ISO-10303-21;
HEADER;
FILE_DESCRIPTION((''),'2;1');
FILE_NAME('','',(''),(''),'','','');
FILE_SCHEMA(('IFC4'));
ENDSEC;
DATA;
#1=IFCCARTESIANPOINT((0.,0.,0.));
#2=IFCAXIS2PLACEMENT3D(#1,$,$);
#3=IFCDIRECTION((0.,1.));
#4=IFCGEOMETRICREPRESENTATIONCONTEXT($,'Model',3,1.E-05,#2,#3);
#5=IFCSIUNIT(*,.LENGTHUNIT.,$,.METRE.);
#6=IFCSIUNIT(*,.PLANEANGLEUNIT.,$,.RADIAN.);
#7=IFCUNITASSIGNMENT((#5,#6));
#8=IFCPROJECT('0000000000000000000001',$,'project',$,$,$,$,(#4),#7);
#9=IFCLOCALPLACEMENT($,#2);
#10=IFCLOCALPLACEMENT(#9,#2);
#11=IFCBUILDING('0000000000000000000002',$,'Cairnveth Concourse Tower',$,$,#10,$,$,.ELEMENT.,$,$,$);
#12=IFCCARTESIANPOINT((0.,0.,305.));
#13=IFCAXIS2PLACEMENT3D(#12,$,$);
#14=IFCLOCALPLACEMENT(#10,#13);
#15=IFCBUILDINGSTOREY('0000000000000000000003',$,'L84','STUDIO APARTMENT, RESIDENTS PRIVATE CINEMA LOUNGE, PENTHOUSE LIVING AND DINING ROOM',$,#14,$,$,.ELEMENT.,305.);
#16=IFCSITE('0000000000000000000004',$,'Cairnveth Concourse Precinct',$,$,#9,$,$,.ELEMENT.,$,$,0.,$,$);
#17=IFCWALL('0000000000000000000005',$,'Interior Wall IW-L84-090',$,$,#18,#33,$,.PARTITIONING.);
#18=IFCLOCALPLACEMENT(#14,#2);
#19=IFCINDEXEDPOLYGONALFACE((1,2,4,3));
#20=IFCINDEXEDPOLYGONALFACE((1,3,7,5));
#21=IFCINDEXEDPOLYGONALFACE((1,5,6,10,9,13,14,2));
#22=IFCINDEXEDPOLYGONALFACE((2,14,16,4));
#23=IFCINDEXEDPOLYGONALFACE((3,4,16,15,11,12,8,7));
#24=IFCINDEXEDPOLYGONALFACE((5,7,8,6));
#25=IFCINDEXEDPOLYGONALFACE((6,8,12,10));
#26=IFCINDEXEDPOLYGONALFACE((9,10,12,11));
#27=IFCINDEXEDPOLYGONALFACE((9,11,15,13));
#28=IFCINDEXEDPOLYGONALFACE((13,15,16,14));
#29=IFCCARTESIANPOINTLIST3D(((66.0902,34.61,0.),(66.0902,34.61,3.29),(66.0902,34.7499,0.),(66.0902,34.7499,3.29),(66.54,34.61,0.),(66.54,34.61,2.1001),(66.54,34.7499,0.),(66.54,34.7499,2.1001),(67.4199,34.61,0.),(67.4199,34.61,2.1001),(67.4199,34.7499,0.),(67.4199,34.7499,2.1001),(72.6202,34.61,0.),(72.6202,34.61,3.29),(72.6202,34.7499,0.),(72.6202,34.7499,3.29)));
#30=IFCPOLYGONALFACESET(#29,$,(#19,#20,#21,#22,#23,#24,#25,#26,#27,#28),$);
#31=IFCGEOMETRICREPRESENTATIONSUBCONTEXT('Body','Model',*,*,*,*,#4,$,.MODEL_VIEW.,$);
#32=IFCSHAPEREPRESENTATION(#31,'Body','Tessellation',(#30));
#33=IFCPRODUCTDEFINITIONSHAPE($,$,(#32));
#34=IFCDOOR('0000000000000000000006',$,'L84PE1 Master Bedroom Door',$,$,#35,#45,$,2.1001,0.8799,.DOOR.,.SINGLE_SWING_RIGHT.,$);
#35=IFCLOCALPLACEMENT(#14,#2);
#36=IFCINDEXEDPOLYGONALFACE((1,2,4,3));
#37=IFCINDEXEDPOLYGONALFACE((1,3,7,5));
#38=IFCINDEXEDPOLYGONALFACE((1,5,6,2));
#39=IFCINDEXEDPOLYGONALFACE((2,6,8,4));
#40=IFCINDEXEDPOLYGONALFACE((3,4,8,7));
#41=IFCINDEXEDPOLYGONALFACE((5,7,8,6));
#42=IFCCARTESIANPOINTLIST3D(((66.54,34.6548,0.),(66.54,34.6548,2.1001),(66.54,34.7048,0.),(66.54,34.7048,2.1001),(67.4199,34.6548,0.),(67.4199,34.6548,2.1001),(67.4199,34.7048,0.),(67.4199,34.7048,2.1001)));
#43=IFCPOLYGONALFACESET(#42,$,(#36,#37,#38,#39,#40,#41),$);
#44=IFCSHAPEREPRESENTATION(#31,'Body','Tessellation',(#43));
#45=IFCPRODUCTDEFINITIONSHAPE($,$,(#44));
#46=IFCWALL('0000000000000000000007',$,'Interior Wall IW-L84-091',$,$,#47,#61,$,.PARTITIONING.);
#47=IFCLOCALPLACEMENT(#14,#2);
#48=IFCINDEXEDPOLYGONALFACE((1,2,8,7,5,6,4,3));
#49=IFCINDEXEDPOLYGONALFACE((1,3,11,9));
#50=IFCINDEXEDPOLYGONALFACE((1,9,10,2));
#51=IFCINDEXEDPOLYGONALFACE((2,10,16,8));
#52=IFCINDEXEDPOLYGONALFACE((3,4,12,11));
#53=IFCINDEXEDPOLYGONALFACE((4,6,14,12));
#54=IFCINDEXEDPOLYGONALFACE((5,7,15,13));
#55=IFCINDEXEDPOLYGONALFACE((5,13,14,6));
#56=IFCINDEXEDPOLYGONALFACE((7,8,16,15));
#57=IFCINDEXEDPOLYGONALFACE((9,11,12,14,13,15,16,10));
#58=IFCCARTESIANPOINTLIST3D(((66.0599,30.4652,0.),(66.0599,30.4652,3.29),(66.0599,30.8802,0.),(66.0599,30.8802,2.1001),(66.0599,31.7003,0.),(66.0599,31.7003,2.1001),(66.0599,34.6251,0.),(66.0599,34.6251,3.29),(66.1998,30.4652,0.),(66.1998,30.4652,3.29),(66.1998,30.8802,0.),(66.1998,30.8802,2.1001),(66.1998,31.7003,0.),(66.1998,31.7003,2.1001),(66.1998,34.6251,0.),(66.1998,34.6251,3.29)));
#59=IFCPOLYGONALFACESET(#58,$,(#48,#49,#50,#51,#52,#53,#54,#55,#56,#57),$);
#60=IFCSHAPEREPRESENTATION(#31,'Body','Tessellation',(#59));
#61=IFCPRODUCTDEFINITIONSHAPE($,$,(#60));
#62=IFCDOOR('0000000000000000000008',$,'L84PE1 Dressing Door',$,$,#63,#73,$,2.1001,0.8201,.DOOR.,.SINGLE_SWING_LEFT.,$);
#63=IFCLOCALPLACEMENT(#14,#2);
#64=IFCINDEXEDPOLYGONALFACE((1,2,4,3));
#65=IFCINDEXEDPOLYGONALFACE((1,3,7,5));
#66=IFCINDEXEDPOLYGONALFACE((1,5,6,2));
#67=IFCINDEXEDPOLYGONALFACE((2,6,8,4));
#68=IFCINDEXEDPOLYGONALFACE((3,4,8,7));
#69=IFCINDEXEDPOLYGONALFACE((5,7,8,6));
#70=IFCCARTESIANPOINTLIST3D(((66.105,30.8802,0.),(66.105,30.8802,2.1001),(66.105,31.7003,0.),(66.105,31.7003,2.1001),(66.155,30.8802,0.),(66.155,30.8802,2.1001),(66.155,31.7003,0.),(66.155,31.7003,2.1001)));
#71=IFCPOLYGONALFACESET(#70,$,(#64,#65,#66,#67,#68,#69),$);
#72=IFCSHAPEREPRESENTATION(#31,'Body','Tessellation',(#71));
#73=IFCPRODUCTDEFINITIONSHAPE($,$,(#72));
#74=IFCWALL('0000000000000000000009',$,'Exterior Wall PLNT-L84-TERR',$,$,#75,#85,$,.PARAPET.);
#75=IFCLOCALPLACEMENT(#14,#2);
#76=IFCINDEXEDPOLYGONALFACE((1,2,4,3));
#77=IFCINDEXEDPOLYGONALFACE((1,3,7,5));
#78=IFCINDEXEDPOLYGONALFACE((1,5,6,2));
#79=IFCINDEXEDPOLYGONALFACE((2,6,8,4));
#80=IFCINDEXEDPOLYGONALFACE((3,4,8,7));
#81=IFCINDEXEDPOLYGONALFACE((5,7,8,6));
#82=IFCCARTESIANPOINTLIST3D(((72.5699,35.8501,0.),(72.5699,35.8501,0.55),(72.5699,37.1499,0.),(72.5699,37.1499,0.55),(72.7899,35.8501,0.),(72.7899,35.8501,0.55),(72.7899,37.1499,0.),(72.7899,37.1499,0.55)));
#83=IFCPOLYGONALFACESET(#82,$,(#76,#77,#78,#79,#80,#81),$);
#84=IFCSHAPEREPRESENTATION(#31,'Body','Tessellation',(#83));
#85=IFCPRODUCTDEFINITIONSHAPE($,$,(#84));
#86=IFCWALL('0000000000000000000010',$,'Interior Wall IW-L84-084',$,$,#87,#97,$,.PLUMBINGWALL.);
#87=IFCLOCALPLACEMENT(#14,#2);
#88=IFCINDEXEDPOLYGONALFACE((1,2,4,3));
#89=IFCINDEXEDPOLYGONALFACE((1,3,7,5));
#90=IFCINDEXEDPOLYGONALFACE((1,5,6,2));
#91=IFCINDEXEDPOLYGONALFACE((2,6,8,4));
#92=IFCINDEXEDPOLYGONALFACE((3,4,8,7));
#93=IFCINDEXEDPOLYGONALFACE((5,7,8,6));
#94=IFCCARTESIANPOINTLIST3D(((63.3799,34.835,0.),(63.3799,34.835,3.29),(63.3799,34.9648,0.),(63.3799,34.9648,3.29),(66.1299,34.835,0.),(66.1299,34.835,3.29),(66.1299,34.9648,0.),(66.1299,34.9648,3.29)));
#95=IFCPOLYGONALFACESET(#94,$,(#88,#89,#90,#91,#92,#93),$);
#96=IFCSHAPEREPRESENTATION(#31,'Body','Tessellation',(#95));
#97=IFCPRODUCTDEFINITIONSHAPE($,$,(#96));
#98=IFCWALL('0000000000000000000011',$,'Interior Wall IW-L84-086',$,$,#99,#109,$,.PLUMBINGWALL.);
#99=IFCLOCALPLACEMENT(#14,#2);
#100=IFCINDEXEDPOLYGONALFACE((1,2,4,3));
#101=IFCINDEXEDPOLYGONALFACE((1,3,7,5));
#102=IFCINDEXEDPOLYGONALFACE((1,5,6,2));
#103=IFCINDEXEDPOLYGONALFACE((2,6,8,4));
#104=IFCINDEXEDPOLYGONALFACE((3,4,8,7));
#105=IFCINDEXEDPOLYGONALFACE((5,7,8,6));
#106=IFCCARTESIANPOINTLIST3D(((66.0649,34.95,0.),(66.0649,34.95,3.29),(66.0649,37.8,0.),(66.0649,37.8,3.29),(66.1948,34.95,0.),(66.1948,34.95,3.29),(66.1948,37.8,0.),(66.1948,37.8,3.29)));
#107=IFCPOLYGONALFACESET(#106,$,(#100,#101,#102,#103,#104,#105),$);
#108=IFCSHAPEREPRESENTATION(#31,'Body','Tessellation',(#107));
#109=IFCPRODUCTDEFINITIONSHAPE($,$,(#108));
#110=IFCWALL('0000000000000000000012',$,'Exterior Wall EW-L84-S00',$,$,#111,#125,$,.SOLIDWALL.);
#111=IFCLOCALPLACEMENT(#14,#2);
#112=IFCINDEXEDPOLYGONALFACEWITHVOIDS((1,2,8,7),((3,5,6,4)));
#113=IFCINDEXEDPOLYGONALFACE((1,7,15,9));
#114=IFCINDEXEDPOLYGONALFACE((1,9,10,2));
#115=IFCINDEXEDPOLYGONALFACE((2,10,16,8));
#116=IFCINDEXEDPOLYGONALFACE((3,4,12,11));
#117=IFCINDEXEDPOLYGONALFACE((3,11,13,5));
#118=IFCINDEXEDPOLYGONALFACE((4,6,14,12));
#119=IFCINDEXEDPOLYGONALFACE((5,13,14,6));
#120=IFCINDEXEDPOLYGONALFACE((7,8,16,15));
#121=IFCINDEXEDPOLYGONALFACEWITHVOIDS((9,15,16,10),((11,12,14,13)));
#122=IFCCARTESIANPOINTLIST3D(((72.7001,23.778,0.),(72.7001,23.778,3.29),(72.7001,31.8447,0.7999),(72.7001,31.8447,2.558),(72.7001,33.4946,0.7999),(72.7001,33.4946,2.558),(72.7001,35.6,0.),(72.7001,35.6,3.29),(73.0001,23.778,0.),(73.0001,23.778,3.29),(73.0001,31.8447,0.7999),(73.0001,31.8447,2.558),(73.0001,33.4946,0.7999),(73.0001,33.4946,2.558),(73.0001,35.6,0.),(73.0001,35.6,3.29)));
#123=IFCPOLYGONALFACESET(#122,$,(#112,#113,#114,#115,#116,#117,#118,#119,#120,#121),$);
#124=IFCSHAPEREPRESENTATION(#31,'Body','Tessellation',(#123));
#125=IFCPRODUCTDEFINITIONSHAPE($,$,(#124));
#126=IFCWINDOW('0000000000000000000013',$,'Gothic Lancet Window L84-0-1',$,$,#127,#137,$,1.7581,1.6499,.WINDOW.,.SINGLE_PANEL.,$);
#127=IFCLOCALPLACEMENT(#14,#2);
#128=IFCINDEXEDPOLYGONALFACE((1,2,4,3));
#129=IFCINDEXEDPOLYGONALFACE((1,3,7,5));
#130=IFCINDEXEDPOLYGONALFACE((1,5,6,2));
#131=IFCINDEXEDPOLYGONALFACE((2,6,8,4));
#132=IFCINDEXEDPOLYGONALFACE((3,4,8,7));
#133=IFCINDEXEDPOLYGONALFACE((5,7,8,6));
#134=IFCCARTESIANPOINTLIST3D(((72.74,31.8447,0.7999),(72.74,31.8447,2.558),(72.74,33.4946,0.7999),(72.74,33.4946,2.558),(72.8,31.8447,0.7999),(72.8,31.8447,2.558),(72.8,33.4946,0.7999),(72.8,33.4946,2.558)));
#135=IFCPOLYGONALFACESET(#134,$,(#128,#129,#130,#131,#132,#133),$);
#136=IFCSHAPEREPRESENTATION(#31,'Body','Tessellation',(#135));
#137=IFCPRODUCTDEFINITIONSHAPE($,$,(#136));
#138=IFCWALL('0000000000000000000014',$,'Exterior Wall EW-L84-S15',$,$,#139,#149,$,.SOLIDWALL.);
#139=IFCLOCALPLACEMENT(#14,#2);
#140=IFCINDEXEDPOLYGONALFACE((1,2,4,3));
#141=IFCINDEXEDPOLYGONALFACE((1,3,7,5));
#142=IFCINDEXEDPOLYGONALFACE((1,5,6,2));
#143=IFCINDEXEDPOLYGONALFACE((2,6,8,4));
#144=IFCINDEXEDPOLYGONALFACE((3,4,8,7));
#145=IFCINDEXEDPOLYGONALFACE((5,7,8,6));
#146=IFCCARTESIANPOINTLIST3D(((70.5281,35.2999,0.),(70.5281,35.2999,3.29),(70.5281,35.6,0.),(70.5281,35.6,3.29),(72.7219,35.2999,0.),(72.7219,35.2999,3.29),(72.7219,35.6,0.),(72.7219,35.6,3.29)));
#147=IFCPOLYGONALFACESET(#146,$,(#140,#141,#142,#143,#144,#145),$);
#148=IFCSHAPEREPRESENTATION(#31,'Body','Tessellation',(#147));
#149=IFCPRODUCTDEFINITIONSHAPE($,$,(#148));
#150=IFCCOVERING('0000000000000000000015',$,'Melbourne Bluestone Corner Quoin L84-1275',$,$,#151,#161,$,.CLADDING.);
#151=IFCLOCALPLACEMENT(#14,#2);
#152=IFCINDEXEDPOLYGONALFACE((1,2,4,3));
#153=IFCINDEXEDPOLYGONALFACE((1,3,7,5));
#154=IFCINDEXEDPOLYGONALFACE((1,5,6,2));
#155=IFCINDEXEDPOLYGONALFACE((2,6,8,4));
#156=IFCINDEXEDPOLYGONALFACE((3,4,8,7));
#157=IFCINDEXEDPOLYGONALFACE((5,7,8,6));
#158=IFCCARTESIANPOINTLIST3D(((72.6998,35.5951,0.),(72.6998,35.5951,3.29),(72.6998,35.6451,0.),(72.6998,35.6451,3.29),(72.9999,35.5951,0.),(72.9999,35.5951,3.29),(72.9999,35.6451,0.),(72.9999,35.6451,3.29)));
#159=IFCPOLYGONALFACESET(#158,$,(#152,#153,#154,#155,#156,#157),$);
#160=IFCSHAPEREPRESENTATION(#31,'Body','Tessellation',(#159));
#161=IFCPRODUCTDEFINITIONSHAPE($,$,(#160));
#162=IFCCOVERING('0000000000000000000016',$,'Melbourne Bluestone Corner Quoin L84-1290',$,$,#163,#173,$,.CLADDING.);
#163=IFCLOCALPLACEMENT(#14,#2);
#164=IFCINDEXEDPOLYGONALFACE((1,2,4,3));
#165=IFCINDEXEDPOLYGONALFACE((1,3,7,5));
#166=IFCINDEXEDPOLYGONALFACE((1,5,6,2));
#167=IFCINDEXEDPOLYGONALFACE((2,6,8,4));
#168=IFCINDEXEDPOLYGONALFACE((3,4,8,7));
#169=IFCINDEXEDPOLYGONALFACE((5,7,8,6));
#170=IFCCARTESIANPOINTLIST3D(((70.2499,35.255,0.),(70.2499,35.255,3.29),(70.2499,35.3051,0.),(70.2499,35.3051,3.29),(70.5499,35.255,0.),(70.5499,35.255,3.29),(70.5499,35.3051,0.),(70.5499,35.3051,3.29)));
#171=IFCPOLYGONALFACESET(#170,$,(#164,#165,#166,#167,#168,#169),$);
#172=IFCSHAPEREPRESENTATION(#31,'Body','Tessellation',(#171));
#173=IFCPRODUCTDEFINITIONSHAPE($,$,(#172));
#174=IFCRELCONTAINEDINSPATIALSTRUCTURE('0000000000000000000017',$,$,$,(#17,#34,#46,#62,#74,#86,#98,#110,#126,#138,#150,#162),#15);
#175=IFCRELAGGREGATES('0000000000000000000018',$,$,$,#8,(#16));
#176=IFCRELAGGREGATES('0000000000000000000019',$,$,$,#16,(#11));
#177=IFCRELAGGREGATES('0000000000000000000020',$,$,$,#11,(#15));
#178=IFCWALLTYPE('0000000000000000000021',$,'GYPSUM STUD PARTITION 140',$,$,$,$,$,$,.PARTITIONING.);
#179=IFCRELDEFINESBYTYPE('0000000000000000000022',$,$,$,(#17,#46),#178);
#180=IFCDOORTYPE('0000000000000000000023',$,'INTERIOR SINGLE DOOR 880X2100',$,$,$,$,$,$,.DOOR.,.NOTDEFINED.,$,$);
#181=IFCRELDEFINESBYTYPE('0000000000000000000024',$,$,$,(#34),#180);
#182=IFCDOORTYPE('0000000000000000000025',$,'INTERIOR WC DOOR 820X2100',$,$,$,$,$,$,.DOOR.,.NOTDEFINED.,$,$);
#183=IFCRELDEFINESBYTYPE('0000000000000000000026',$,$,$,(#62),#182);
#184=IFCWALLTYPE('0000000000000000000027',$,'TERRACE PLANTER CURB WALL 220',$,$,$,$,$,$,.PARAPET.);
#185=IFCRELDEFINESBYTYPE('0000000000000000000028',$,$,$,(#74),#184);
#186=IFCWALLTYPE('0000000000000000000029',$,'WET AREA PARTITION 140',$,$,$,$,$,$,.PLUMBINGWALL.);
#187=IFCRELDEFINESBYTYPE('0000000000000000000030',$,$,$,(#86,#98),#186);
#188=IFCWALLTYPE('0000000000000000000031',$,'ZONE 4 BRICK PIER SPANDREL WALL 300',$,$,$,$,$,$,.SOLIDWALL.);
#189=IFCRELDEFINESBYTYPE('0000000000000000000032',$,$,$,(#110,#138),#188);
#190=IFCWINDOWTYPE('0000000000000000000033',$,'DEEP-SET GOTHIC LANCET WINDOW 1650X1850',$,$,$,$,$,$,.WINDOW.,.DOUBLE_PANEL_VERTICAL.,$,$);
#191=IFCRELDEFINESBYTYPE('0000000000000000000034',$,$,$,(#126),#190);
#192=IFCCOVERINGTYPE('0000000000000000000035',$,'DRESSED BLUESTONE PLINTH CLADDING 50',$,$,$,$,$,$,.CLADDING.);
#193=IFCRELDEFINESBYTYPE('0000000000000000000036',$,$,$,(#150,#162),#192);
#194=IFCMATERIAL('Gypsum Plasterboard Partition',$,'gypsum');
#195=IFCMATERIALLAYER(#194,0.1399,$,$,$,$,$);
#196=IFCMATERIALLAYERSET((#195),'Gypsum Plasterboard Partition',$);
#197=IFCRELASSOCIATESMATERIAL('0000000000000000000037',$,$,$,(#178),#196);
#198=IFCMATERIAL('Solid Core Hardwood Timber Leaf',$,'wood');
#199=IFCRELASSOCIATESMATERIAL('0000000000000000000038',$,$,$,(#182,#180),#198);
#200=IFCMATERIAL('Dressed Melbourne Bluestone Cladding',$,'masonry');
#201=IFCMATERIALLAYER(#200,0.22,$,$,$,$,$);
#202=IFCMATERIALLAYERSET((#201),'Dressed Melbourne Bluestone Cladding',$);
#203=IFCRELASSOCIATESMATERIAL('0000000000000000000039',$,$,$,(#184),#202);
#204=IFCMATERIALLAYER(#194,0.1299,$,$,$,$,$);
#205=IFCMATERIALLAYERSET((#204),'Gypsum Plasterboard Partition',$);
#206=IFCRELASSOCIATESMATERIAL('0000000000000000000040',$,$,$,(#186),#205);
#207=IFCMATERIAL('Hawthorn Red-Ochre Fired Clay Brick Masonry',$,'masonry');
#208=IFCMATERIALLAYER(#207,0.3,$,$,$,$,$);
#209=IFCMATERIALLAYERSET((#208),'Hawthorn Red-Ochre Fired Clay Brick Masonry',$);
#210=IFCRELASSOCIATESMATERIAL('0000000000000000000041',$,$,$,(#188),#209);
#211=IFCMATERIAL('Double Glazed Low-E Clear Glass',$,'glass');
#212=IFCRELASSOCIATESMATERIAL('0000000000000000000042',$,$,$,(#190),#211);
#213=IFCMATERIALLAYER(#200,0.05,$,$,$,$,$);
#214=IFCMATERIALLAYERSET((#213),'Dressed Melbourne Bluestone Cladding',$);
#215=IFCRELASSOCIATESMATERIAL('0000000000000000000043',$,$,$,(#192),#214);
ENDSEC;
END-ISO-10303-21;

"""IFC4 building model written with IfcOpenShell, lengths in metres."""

from ifc_helpers import new_model, si_unit, direction, frame, frame_2d, origin, place, context, subcontext, project, spatial, rectangle, extrude, material, layer, layer_set, type_object, element, fill, save


model = new_model("IFC4")

# Units and contexts
model_context = context("Model", 3, precision=1e-05, world=origin(), true_north=direction((0.0, 1.0)))
body_context = subcontext(model_context, "Body", "Model", "MODEL_VIEW")
ifc_project = project(units=[si_unit("LENGTHUNIT", "METRE"), si_unit("PLANEANGLEUNIT", "RADIAN")], contexts=[model_context])

# Site, building, storey
site_placement = place(None, origin())
site = spatial("IfcSite", under=ifc_project, at=site_placement, Name="Cairnveth Concourse Precinct", CompositionType="ELEMENT", RefElevation=0.0)
building_placement = place(site_placement, origin())
building = spatial("IfcBuilding", under=site, at=building_placement, Name="Cairnveth Concourse Tower", CompositionType="ELEMENT")
storey_placement = place(building_placement, frame((0.0, 0.0, 305.0)))
storey = spatial("IfcBuildingStorey", under=building, at=storey_placement, Name="L84", Description="STUDIO APARTMENT, RESIDENTS PRIVATE CINEMA LOUNGE, PENTHOUSE LIVING AND DINING ROOM", CompositionType="ELEMENT", Elevation=305.0)

# Shared definitions
ifc_material_1 = material(Name="Gypsum Plasterboard Partition", Category="gypsum")
ifc_material_2 = material(Name="Solid Core Hardwood Timber Leaf", Category="wood")

# Walls, openings, doors
ifc_layer_1 = layer(ifc_material_1, 0.1399)
ifc_layer_set_1 = layer_set([ifc_layer_1], Name="Gypsum Plasterboard Partition")
wall_type_1 = type_object("IfcWallType", Name="GYPSUM STUD PARTITION 140", PredefinedType="PARTITIONING", material=ifc_layer_set_1)
door_type_1 = type_object("IfcDoorType", Name="INTERIOR WC DOOR 820X2100", OperationType="NOTDEFINED", PredefinedType="DOOR", material=ifc_material_2)
wall_1_placement = place(storey_placement, frame((66.0901, 34.6799, 0.0), z_axis=(0.0, 0.0, 1.0), x_axis=(1.0, 0.0, 0.0)))
wall_1 = element("IfcWall", 1, at=wall_1_placement, inside=storey, type_object=wall_type_1, Name="Interior Wall IW-L84-090", PredefinedType="PARTITIONING", context=body_context, shape_type="SweptSolid", body=[
    extrude(rectangle(XDim=6.53, YDim=0.1399, at=frame_2d((3.2651, 0.0))), origin(), (0.0, 0.0, 1.0), 3.29),
])
opening_1_placement = place(wall_1_placement, frame((0.45, 0.0, 0.0)))
opening_1 = element("IfcOpeningElement", 2, at=opening_1_placement, cuts=wall_1, PredefinedType="OPENING", context=body_context, shape_type="SweptSolid", body=[
    extrude(rectangle(XDim=0.8799, YDim=2.1001, at=frame_2d((0.4399, 1.05))), frame((0.0, 0.0798, 0.0), z_axis=(0.0, -1.0, 0.0), x_axis=(1.0, 0.0, 0.0)), (0.0, 0.0, 1.0), 0.1599),
])
door_type_2 = type_object("IfcDoorType", Name="INTERIOR SINGLE DOOR 880X2100", OperationType="NOTDEFINED", PredefinedType="DOOR", material=ifc_material_2)
door_1_placement = place(opening_1_placement, origin())
door_1 = element("IfcDoor", 3, at=door_1_placement, inside=storey, type_object=door_type_2, Name="L84PE1 Master Bedroom Door", OperationType="SINGLE_SWING_RIGHT", OverallHeight=2.1001, OverallWidth=0.8799, PredefinedType="DOOR", context=body_context, shape_type="SweptSolid", body=[
    extrude(rectangle(XDim=0.8799, YDim=2.1001, at=frame_2d((0.4399, 1.05))), frame((0.0, 0.0249, 0.0), z_axis=(0.0, -1.0, 0.0), x_axis=(1.0, 0.0, 0.0)), (0.0, 0.0, 1.0), 0.05),
])
fill(opening_1, door_1)
wall_2_placement = place(storey_placement, frame((66.1299, 30.4651, 0.0), z_axis=(0.0, 0.0, 1.0), x_axis=(0.0, 1.0, 0.0)))
wall_2 = element("IfcWall", 4, at=wall_2_placement, inside=storey, type_object=wall_type_1, Name="Interior Wall IW-L84-091", PredefinedType="PARTITIONING", context=body_context, shape_type="SweptSolid", body=[
    extrude(rectangle(XDim=4.1599, YDim=0.1399, at=frame_2d((2.0801, 0.0))), origin(), (0.0, 0.0, 1.0), 3.29),
])
opening_2_placement = place(wall_2_placement, frame((0.415, 0.0, 0.0)))
opening_2 = element("IfcOpeningElement", 5, at=opening_2_placement, cuts=wall_2, PredefinedType="OPENING", context=body_context, shape_type="SweptSolid", body=[
    extrude(rectangle(XDim=0.8201, YDim=2.1001, at=frame_2d((0.4102, 1.05))), frame((0.0, 0.0798, 0.0), z_axis=(0.0, -1.0, 0.0), x_axis=(1.0, 0.0, 0.0)), (0.0, 0.0, 1.0), 0.1599),
])
door_2_placement = place(opening_2_placement, origin())
door_2 = element("IfcDoor", 6, at=door_2_placement, inside=storey, type_object=door_type_1, Name="L84PE1 Dressing Door", OperationType="SINGLE_SWING_LEFT", OverallHeight=2.1001, OverallWidth=0.8201, PredefinedType="DOOR", context=body_context, shape_type="SweptSolid", body=[
    extrude(rectangle(XDim=0.8201, YDim=2.1001, at=frame_2d((0.4102, 1.05))), frame((0.0, 0.0249, 0.0), z_axis=(0.0, -1.0, 0.0), x_axis=(1.0, 0.0, 0.0)), (0.0, 0.0, 1.0), 0.05),
])
fill(opening_2, door_2)

# Walls
ifc_material_3 = material(Name="Dressed Melbourne Bluestone Cladding", Category="masonry")
ifc_layer_2 = layer(ifc_material_3, 0.22)
ifc_layer_set_2 = layer_set([ifc_layer_2], Name="Dressed Melbourne Bluestone Cladding")
wall_type_2 = type_object("IfcWallType", Name="TERRACE PLANTER CURB WALL 220", PredefinedType="PARAPET", material=ifc_layer_set_2)
wall_3_placement = place(storey_placement, frame((72.6799, 35.8501, 0.0), z_axis=(0.0, 0.0, 1.0), x_axis=(0.0, 1.0, 0.0)))
element("IfcWall", 7, at=wall_3_placement, inside=storey, type_object=wall_type_2, Name="Exterior Wall PLNT-L84-TERR", PredefinedType="PARAPET", context=body_context, shape_type="SweptSolid", body=[
    extrude(rectangle(XDim=1.2998, YDim=0.22, at=frame_2d((0.6499, 0.0))), origin(), (0.0, 0.0, 1.0), 0.55),
])
ifc_layer_3 = layer(ifc_material_1, 0.1299)
ifc_layer_set_3 = layer_set([ifc_layer_3], Name="Gypsum Plasterboard Partition")
wall_type_3 = type_object("IfcWallType", Name="WET AREA PARTITION 140", PredefinedType="PLUMBINGWALL", material=ifc_layer_set_3)
wall_4_placement = place(storey_placement, frame((63.3799, 34.8999, 0.0), z_axis=(0.0, 0.0, 1.0), x_axis=(1.0, 0.0, 0.0)))
element("IfcWall", 8, at=wall_4_placement, inside=storey, type_object=wall_type_3, Name="Interior Wall IW-L84-084", PredefinedType="PLUMBINGWALL", context=body_context, shape_type="SweptSolid", body=[
    extrude(rectangle(XDim=2.75, YDim=0.1299, at=frame_2d((1.375, 0.0))), origin(), (0.0, 0.0, 1.0), 3.29),
])
wall_5_placement = place(storey_placement, frame((66.1299, 34.95, 0.0), z_axis=(0.0, 0.0, 1.0), x_axis=(0.0, 1.0, 0.0)))
element("IfcWall", 9, at=wall_5_placement, inside=storey, type_object=wall_type_3, Name="Interior Wall IW-L84-086", PredefinedType="PLUMBINGWALL", context=body_context, shape_type="SweptSolid", body=[
    extrude(rectangle(XDim=2.8501, YDim=0.1299, at=frame_2d((1.425, 0.0))), origin(), (0.0, 0.0, 1.0), 3.29),
])

# Wall, opening, window
ifc_material_4 = material(Name="Hawthorn Red-Ochre Fired Clay Brick Masonry", Category="masonry")
ifc_layer_4 = layer(ifc_material_4, 0.3)
ifc_layer_set_4 = layer_set([ifc_layer_4], Name="Hawthorn Red-Ochre Fired Clay Brick Masonry")
wall_type_4 = type_object("IfcWallType", Name="ZONE 4 BRICK PIER SPANDREL WALL 300", PredefinedType="SOLIDWALL", material=ifc_layer_set_4)
wall_6_placement = place(storey_placement, frame((72.8501, 35.6001, 0.0), z_axis=(0.0, 0.0, 1.0), x_axis=(0.0, -1.0, 0.0)))
wall_6 = element("IfcWall", 10, at=wall_6_placement, inside=storey, type_object=wall_type_4, Name="Exterior Wall EW-L84-S00", PredefinedType="SOLIDWALL", context=body_context, shape_type="SweptSolid", body=[
    extrude(rectangle(XDim=11.822, YDim=0.3, at=frame_2d((5.9111, 0.0))), origin(), (0.0, 0.0, 1.0), 3.29),
])
opening_3_placement = place(wall_6_placement, frame((2.1055, 0.0, 0.8)))
opening_3 = element("IfcOpeningElement", 11, at=opening_3_placement, cuts=wall_6, PredefinedType="OPENING", context=body_context, shape_type="SweptSolid", body=[
    extrude(rectangle(XDim=1.6499, YDim=1.7581, at=frame_2d((0.825, 0.8789))), frame((0.0, 0.1599, 0.0), z_axis=(0.0, -1.0, 0.0), x_axis=(1.0, 0.0, 0.0)), (0.0, 0.0, 1.0), 0.3201),
])
ifc_material_5 = material(Name="Double Glazed Low-E Clear Glass", Category="glass")
window_type = type_object("IfcWindowType", Name="DEEP-SET GOTHIC LANCET WINDOW 1650X1850", PartitioningType="DOUBLE_PANEL_VERTICAL", PredefinedType="WINDOW", material=ifc_material_5)
window_placement = place(opening_3_placement, origin())
window = element("IfcWindow", 12, at=window_placement, inside=storey, type_object=window_type, Name="Gothic Lancet Window L84-0-1", OverallHeight=1.7581, OverallWidth=1.6499, PartitioningType="SINGLE_PANEL", PredefinedType="WINDOW", context=body_context, shape_type="SweptSolid", body=[
    extrude(rectangle(XDim=1.6499, YDim=1.7581, at=frame_2d((0.825, 0.8789))), frame((0.0, -0.05, 0.0), z_axis=(0.0, -1.0, 0.0), x_axis=(1.0, 0.0, 0.0)), (0.0, 0.0, 1.0), 0.0601),
])
fill(opening_3, window)

# Wall
wall_7_placement = place(storey_placement, frame((70.5281, 35.45, 0.0), z_axis=(0.0, 0.0, 1.0), x_axis=(1.0, 0.0, 0.0)))
element("IfcWall", 13, at=wall_7_placement, inside=storey, type_object=wall_type_4, Name="Exterior Wall EW-L84-S15", PredefinedType="SOLIDWALL", context=body_context, shape_type="SweptSolid", body=[
    extrude(rectangle(XDim=2.1938, YDim=0.3, at=frame_2d((1.0969, 0.0))), origin(), (0.0, 0.0, 1.0), 3.29),
])

# Coverings
ifc_layer_5 = layer(ifc_material_3, 0.05)
ifc_layer_set_5 = layer_set([ifc_layer_5], Name="Dressed Melbourne Bluestone Cladding")
covering_type = type_object("IfcCoveringType", Name="DRESSED BLUESTONE PLINTH CLADDING 50", PredefinedType="CLADDING", material=ifc_layer_set_5)
for number, where, z_axis, x_axis, name in (
    (14, (72.7, 35.6201, 0.0), (0.0, 0.0, 1.0), (1.0, 0.0, 0.0), "Melbourne Bluestone Corner Quoin L84-1275"),
    (15, (70.25, 35.28, 0.0), (0.0, 0.0, 1.0), (1.0, 0.0, 0.0), "Melbourne Bluestone Corner Quoin L84-1290"),
):
    element("IfcCovering", number, at=place(storey_placement, frame(where, z_axis=z_axis, x_axis=x_axis)), inside=storey, type_object=covering_type, Name=name, PredefinedType="CLADDING", context=body_context, shape_type="SweptSolid", body=[
        extrude(rectangle(XDim=0.3, YDim=0.05, at=frame_2d((0.1499, 0.0))), origin(), (0.0, 0.0, 1.0), 3.29),
    ])

save(model, "model.ifc")
